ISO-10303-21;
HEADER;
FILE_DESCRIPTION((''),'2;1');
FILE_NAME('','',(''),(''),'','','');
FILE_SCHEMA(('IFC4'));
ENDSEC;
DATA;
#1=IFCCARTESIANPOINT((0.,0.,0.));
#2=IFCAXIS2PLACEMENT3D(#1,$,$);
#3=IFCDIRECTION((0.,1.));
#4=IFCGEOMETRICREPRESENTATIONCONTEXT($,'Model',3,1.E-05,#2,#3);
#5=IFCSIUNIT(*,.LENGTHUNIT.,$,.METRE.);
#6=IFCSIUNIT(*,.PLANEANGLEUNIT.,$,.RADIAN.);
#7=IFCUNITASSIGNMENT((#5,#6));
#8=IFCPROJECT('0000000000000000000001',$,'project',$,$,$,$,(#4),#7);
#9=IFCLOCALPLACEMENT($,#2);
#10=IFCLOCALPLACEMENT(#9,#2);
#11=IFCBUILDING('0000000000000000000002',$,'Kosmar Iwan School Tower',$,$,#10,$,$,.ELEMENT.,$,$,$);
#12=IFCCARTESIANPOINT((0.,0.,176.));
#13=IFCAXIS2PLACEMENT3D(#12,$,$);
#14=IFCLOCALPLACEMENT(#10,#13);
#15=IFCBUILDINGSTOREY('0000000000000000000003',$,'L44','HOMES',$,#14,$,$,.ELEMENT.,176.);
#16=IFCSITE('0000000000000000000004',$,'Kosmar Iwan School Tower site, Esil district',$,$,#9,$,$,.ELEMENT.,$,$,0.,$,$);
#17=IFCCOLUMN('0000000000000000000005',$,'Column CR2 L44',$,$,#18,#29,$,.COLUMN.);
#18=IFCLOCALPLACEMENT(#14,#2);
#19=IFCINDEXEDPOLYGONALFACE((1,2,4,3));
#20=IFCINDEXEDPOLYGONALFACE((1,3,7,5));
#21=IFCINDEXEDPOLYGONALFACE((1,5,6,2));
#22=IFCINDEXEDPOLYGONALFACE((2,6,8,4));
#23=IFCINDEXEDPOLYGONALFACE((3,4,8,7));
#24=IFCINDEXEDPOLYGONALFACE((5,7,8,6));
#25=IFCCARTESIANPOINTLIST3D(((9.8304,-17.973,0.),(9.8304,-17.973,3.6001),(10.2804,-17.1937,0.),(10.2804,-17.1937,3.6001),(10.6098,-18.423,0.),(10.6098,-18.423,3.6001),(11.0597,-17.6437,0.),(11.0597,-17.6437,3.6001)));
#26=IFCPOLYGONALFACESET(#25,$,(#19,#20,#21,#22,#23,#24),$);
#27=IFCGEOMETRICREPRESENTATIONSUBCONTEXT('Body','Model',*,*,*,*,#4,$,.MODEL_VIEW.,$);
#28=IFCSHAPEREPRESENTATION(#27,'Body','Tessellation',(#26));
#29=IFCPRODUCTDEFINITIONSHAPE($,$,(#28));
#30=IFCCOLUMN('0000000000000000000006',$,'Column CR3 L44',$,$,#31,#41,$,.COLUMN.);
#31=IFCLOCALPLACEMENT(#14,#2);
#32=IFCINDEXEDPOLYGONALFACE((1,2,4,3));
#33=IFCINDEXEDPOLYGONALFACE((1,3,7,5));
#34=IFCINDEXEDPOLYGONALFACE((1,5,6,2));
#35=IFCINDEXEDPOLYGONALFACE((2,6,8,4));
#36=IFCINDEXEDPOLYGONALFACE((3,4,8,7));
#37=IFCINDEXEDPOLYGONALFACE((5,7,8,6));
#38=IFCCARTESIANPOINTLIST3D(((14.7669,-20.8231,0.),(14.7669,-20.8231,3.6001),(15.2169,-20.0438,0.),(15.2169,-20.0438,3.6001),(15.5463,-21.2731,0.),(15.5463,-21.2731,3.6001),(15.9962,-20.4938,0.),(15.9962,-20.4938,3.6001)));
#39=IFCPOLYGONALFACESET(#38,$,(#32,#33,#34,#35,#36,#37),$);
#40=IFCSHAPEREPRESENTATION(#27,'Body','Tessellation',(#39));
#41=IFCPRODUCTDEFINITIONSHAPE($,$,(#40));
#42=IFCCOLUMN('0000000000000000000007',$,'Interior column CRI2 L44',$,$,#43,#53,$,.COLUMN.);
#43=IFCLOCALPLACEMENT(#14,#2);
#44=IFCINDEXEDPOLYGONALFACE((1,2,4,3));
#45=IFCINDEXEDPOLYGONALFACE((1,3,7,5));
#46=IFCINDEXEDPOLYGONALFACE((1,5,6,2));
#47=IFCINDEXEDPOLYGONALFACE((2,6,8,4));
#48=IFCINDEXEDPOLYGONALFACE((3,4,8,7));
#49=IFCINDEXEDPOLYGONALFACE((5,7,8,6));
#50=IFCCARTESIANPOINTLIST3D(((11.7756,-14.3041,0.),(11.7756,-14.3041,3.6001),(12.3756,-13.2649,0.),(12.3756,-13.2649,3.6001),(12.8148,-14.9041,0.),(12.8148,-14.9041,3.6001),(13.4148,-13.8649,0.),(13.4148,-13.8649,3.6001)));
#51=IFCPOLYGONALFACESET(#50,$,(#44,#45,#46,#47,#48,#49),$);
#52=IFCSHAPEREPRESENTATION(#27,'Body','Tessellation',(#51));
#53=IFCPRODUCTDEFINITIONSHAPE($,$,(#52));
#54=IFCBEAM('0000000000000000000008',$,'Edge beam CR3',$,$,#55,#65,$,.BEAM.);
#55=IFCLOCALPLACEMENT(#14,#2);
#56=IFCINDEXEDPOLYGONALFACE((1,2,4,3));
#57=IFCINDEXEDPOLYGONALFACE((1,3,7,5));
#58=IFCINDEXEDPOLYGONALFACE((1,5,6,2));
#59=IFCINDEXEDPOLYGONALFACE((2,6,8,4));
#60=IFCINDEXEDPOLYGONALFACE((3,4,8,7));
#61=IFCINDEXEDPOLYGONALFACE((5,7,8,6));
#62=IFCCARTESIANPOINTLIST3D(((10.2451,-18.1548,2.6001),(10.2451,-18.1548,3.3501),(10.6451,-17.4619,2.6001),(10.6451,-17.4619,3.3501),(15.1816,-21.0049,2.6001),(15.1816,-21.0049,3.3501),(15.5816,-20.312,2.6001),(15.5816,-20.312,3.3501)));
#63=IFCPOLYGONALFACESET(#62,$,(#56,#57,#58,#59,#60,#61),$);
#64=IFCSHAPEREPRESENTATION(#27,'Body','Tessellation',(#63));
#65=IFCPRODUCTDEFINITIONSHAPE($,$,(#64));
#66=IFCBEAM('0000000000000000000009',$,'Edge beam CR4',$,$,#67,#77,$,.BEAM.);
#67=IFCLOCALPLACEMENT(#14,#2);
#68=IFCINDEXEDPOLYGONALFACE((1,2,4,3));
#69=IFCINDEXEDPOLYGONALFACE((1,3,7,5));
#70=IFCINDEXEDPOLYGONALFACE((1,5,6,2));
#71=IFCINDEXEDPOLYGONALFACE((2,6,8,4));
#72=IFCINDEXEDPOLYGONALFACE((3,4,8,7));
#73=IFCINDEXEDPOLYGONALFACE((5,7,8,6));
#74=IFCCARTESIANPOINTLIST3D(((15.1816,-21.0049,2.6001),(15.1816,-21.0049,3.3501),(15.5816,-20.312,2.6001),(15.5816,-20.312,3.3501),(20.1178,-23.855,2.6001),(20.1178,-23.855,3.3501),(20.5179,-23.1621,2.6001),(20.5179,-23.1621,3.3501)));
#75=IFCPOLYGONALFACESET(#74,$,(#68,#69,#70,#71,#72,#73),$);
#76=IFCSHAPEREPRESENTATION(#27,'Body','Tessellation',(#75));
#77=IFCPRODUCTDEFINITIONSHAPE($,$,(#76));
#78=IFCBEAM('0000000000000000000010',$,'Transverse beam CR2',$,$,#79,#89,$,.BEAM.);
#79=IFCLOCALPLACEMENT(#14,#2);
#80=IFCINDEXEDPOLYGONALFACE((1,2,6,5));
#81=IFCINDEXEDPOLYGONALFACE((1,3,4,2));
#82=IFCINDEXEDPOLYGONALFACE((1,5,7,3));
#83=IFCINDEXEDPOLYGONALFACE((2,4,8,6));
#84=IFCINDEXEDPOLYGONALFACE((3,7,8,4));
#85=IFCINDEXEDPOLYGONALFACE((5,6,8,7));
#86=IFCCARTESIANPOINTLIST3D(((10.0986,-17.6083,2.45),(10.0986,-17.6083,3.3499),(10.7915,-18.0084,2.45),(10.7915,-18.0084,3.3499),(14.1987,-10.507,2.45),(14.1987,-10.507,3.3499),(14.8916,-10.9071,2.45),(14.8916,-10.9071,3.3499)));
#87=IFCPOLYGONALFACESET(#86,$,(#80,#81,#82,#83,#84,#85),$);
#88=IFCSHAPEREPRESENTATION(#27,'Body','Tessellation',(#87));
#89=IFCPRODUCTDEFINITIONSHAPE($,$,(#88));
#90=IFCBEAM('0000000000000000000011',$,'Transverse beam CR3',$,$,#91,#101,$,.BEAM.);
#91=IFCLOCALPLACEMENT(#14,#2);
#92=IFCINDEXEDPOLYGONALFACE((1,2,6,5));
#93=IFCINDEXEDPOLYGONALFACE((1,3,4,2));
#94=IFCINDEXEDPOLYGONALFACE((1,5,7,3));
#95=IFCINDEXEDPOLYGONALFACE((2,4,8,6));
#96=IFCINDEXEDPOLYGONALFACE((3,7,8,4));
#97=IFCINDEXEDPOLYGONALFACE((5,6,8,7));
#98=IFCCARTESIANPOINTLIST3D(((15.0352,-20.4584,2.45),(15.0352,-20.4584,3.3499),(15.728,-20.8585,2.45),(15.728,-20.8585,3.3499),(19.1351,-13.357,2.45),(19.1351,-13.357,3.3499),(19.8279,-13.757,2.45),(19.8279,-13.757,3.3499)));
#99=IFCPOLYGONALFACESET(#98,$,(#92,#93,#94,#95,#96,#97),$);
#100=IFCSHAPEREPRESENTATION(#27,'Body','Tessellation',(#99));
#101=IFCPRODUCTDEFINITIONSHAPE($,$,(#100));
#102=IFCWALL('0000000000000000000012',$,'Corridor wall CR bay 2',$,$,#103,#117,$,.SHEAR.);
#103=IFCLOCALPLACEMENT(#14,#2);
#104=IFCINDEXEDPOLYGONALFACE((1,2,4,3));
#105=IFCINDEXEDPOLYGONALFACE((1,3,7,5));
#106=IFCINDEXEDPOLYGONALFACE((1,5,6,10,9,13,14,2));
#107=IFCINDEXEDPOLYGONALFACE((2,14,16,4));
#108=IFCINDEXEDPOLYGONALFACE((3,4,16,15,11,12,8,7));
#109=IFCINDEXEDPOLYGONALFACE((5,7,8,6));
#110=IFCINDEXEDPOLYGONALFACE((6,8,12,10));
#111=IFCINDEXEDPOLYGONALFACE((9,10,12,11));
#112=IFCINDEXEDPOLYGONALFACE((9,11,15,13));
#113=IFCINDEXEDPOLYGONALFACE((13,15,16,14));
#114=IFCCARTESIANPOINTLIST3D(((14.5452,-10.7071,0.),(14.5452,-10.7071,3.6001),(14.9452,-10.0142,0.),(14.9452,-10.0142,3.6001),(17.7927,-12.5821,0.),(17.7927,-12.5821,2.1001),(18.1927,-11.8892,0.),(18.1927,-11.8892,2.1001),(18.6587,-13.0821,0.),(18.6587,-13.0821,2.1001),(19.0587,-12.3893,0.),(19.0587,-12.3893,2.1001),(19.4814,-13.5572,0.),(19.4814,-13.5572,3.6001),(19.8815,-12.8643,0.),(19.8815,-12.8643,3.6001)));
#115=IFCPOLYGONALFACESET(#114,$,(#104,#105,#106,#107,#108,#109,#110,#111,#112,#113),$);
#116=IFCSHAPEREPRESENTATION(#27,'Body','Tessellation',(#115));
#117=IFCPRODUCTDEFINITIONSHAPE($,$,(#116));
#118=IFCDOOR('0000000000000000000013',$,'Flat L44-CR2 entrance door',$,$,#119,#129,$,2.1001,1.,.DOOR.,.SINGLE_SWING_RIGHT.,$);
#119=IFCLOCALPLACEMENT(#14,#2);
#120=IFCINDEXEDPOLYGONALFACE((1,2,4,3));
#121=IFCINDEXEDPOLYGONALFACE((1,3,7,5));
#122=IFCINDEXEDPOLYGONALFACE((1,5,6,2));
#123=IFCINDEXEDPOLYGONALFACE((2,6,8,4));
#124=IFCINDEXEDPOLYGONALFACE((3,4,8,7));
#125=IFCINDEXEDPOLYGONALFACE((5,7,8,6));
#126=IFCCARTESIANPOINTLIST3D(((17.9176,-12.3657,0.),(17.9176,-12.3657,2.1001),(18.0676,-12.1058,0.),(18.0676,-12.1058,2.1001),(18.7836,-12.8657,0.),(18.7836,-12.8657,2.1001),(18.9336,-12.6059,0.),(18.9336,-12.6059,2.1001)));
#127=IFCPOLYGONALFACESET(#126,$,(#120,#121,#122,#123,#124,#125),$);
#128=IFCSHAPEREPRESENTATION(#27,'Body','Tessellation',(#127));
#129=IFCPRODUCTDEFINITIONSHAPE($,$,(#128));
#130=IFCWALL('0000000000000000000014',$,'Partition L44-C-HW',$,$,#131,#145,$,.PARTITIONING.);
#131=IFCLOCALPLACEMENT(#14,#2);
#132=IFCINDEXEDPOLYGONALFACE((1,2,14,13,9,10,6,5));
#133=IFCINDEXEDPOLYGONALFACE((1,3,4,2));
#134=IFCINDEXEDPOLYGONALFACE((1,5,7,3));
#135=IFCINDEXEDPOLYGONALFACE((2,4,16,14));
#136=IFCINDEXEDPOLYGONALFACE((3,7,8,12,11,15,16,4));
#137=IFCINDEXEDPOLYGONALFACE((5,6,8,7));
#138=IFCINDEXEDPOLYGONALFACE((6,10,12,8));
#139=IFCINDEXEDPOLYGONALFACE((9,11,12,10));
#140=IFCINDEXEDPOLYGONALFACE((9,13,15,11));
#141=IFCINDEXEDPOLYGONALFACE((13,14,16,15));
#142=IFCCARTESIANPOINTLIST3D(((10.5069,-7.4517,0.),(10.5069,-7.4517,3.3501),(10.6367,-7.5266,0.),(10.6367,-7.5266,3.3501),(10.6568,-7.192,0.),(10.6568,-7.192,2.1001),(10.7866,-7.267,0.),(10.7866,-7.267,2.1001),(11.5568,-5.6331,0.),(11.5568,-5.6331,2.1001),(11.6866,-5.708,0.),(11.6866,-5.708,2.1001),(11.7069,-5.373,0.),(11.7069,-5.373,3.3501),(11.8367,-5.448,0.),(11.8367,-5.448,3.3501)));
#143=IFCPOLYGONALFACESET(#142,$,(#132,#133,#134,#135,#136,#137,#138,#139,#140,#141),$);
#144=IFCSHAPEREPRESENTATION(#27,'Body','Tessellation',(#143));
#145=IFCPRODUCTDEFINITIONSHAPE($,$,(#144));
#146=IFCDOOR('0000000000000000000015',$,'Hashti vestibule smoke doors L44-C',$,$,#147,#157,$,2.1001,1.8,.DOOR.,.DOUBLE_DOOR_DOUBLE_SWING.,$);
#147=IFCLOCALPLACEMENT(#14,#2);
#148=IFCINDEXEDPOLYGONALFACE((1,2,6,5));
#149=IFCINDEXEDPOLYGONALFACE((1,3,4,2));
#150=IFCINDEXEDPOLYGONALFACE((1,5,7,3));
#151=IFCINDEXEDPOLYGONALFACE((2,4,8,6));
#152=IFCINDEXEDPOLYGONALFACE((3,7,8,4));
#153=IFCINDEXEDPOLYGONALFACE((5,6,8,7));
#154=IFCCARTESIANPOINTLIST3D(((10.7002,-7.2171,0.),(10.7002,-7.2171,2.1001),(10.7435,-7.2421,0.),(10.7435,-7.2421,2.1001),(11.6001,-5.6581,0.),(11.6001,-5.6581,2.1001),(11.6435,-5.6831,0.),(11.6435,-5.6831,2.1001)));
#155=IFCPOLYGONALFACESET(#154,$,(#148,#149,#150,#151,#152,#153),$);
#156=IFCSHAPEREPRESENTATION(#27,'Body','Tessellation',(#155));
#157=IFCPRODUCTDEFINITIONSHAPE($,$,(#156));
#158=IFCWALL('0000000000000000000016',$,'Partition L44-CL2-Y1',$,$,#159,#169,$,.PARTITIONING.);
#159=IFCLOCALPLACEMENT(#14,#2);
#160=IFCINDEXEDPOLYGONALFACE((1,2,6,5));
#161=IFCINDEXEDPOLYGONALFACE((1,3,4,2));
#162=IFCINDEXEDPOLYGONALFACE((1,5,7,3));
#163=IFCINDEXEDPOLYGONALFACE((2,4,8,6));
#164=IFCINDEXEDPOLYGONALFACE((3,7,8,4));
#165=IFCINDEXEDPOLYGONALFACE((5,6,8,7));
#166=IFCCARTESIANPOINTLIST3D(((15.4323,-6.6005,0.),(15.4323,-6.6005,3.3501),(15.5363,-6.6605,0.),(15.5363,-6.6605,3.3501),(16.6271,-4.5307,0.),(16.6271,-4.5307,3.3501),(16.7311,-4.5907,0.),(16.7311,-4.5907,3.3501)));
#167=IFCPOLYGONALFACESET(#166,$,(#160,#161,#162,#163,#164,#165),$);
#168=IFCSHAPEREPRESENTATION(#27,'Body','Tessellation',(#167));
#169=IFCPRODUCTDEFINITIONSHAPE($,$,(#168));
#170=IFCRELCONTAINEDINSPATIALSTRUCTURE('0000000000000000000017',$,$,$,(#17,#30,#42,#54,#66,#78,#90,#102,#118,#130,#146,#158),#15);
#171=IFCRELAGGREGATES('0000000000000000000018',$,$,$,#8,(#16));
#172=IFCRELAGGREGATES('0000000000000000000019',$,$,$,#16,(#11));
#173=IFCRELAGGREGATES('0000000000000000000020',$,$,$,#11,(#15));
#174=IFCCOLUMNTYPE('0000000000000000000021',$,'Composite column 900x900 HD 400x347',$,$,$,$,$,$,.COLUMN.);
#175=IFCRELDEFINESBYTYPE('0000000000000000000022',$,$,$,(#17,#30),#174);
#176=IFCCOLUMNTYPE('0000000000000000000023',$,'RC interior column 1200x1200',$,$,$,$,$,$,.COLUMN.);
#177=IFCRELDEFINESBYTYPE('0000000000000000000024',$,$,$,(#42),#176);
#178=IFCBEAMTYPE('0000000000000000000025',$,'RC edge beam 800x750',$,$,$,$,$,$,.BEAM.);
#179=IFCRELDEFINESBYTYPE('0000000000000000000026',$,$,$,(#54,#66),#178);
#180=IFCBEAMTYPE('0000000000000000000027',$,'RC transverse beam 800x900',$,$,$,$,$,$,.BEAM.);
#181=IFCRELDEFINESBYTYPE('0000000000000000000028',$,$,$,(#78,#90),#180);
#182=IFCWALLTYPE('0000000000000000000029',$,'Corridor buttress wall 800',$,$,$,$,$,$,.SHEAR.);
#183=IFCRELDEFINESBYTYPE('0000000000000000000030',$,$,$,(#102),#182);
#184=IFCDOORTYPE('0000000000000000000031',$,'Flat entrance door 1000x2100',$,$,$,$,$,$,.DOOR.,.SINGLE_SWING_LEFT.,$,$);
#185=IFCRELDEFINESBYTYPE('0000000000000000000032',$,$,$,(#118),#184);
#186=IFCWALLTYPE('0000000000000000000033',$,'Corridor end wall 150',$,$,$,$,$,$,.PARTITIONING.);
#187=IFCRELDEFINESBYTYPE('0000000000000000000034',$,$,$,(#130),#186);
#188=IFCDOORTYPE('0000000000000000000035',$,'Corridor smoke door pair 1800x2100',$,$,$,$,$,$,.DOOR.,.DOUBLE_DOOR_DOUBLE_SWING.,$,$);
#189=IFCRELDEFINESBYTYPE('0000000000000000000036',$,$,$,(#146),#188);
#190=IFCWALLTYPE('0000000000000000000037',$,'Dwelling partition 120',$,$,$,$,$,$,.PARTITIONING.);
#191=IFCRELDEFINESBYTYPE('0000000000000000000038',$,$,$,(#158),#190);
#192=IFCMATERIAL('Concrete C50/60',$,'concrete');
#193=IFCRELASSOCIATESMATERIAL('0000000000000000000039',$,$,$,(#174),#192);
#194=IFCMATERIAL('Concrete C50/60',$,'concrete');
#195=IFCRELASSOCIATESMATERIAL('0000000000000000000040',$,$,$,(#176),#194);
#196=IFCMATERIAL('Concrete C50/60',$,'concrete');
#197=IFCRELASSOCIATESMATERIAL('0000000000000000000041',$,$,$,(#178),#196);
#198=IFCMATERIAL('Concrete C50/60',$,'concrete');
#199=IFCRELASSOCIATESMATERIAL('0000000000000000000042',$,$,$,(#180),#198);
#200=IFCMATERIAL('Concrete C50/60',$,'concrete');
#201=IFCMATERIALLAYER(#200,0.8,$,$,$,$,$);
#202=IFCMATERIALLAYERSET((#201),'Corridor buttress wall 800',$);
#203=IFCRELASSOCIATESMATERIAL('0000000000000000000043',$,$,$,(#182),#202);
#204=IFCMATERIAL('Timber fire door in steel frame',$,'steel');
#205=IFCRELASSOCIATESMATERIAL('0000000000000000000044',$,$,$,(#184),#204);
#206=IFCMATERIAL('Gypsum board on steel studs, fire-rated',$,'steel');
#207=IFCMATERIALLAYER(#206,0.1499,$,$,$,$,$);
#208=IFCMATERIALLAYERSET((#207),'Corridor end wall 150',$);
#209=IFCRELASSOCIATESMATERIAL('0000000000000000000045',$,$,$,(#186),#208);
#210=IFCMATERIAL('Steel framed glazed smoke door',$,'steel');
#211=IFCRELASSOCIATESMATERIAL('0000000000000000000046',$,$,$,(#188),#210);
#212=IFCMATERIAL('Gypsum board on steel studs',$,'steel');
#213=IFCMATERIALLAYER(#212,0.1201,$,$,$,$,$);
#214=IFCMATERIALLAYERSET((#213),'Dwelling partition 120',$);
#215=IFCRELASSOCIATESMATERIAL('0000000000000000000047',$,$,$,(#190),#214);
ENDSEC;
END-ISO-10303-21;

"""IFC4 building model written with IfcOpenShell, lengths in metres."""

from ifc_helpers import new_model, si_unit, direction, frame, frame_2d, origin, origin_2d, place, context, subcontext, project, spatial, rectangle, extrude, material, layer, layer_set, material_profile, profile_set, type_object, element, fill, save


model = new_model("IFC4")

# Units and contexts
model_context = context("Model", 3, precision=1e-05, world=origin(), true_north=direction((0.0, 1.0)))
body_context = subcontext(model_context, "Body", "Model", "MODEL_VIEW")
ifc_project = project(units=[si_unit("LENGTHUNIT", "METRE"), si_unit("PLANEANGLEUNIT", "RADIAN")], contexts=[model_context])

# Site, building, storey
site_placement = place(None, origin())
site = spatial("IfcSite", under=ifc_project, at=site_placement, Name="Kosmar Iwan School Tower site, Esil district", CompositionType="ELEMENT", RefElevation=0.0)
building_placement = place(site_placement, origin())
building = spatial("IfcBuilding", under=site, at=building_placement, Name="Kosmar Iwan School Tower", CompositionType="ELEMENT")
storey_placement = place(building_placement, frame((0.0, 0.0, 176.0)))
storey = spatial("IfcBuildingStorey", under=building, at=storey_placement, Name="L44", Description="HOMES", CompositionType="ELEMENT", Elevation=176.0)

# Columns
ifc_material_1 = material(Name="Concrete C50/60", Category="concrete")
ifc_material_profile_1 = material_profile(ifc_material_1, rectangle(XDim=0.8999, YDim=0.8999, at=origin_2d()), Name="RC 900x900 + HD 400x347")
ifc_profile_set_1 = profile_set([ifc_material_profile_1], Name="Concrete C50/60")
column_type_1 = type_object("IfcColumnType", Name="Composite column 900x900 HD 400x347", PredefinedType="COLUMN", material=ifc_profile_set_1)
for number, where, z_axis, x_axis, name in (
    (1, (10.4451, -17.8083, 0.0), (0.0, 0.0, 1.0), (0.866025, -0.5, 0.0), "Column CR2 L44"),
    (2, (15.3816, -20.6584, 0.0), (0.0, 0.0, 1.0), (0.866025, -0.5, 0.0), "Column CR3 L44"),
):
    element("IfcColumn", number, at=place(storey_placement, frame(where, z_axis=z_axis, x_axis=x_axis)), inside=storey, type_object=column_type_1, Name=name, PredefinedType="COLUMN", context=body_context, shape_type="SweptSolid", body=[
        extrude(rectangle(XDim=0.8999, YDim=0.8999, at=origin_2d()), origin(), (0.0, 0.0, 1.0), 3.6001),
    ])
ifc_material_2 = material(Name="Concrete C50/60", Category="concrete")
ifc_material_profile_2 = material_profile(ifc_material_2, rectangle(XDim=1.2, YDim=1.2, at=origin_2d()), Name="RC 1200x1200")
ifc_profile_set_2 = profile_set([ifc_material_profile_2], Name="Concrete C50/60")
column_type_2 = type_object("IfcColumnType", Name="RC interior column 1200x1200", PredefinedType="COLUMN", material=ifc_profile_set_2)
column_placement = place(storey_placement, frame((12.5952, -14.0845, 0.0), z_axis=(0.0, 0.0, 1.0), x_axis=(0.866025, -0.5, 0.0)))
element("IfcColumn", 3, at=column_placement, inside=storey, type_object=column_type_2, Name="Interior column CRI2 L44", PredefinedType="COLUMN", context=body_context, shape_type="SweptSolid", body=[
    extrude(rectangle(XDim=1.2, YDim=1.2, at=origin_2d()), origin(), (0.0, 0.0, 1.0), 3.6001),
])

# Beams
ifc_material_3 = material(Name="Concrete C50/60", Category="concrete")
ifc_material_profile_3 = material_profile(ifc_material_3, rectangle(XDim=0.8, YDim=0.75, at=origin_2d()), Name="RC 800x750")
ifc_profile_set_3 = profile_set([ifc_material_profile_3], Name="Concrete C50/60")
beam_type_1 = type_object("IfcBeamType", Name="RC edge beam 800x750", PredefinedType="BEAM", material=ifc_profile_set_3)
beam_1_placement = place(storey_placement, frame((10.4451, -17.8083, 2.9751), z_axis=(0.866026, -0.499999, 0.0), x_axis=(0.499999, 0.866026, 0.0)))
element("IfcBeam", 4, at=beam_1_placement, inside=storey, type_object=beam_type_1, Name="Edge beam CR3", PredefinedType="BEAM", context=body_context, shape_type="SweptSolid", body=[
    extrude(rectangle(XDim=0.8, YDim=0.75, at=origin_2d()), origin(), (0.0, 0.0, 1.0), 5.7002),
])
beam_2_placement = place(storey_placement, frame((15.3816, -20.6584, 2.9751), z_axis=(0.866015, -0.500018, 0.0), x_axis=(0.500018, 0.866015, 0.0)))
element("IfcBeam", 5, at=beam_2_placement, inside=storey, type_object=beam_type_1, Name="Edge beam CR4", PredefinedType="BEAM", context=body_context, shape_type="SweptSolid", body=[
    extrude(rectangle(XDim=0.8, YDim=0.75, at=origin_2d()), origin(), (0.0, 0.0, 1.0), 5.7),
])
ifc_material_4 = material(Name="Concrete C50/60", Category="concrete")
ifc_material_profile_4 = material_profile(ifc_material_4, rectangle(XDim=0.8, YDim=0.8999, at=origin_2d()), Name="RC 800x900")
ifc_profile_set_4 = profile_set([ifc_material_profile_4], Name="Concrete C50/60")
beam_type_2 = type_object("IfcBeamType", Name="RC transverse beam 800x900", PredefinedType="BEAM", material=ifc_profile_set_4)
for number, where, z_axis, x_axis, name in (
    (6, (10.4451, -17.8083, 2.8999), (0.500014, 0.866018, 0.0), (-0.866018, 0.500014, 0.0), "Transverse beam CR2"),
    (7, (15.3816, -20.6584, 2.8999), (0.499991, 0.86603, 0.0), (-0.86603, 0.499991, 0.0), "Transverse beam CR3"),
):
    element("IfcBeam", number, at=place(storey_placement, frame(where, z_axis=z_axis, x_axis=x_axis)), inside=storey, type_object=beam_type_2, Name=name, PredefinedType="BEAM", context=body_context, shape_type="SweptSolid", body=[
        extrude(rectangle(XDim=0.8, YDim=0.8999, at=origin_2d()), origin(), (0.0, 0.0, 1.0), 8.2),
    ])

# Walls, openings, doors
ifc_material_5 = material(Name="Concrete C50/60", Category="concrete")
ifc_layer_1 = layer(ifc_material_5, 0.8)
ifc_layer_set_1 = layer_set([ifc_layer_1], Name="Corridor buttress wall 800")
wall_type_1 = type_object("IfcWallType", Name="Corridor buttress wall 800", PredefinedType="SHEAR", material=ifc_layer_set_1)
wall_1_placement = place(storey_placement, frame((14.7451, -10.3606, 0.0), z_axis=(0.0, 0.0, 1.0), x_axis=(0.866015, -0.500018, 0.0)))
wall_1 = element("IfcWall", 8, at=wall_1_placement, inside=storey, type_object=wall_type_1, Name="Corridor wall CR bay 2", PredefinedType="SHEAR", context=body_context, shape_type="SweptSolid", body=[
    extrude(rectangle(XDim=5.7, YDim=0.8, at=frame_2d((2.8501, 0.0))), origin(), (0.0, 0.0, 1.0), 3.6001),
])
opening_1_placement = place(wall_1_placement, frame((3.75, 0.0, 0.0)))
opening_1 = element("IfcOpeningElement", 9, at=opening_1_placement, cuts=wall_1, PredefinedType="OPENING", context=body_context, shape_type="SweptSolid", body=[
    extrude(rectangle(XDim=1.0, YDim=2.1001, at=frame_2d((0.5, 1.05))), frame((0.0, 0.4121, 0.0), z_axis=(0.0, -1.0, 0.0), x_axis=(1.0, 0.0, 0.0)), (0.0, 0.0, 1.0), 0.824),
])
ifc_material_6 = material(Name="Timber fire door in steel frame", Category="steel")
door_type_1 = type_object("IfcDoorType", Name="Flat entrance door 1000x2100", OperationType="SINGLE_SWING_LEFT", PredefinedType="DOOR", material=ifc_material_6)
door_1_placement = place(opening_1_placement, origin())
door_1 = element("IfcDoor", 10, at=door_1_placement, inside=storey, type_object=door_type_1, Name="Flat L44-CR2 entrance door", OperationType="SINGLE_SWING_RIGHT", OverallHeight=2.1001, OverallWidth=1.0, PredefinedType="DOOR", context=body_context, shape_type="SweptSolid", body=[
    extrude(rectangle(XDim=1.0, YDim=2.1001, at=frame_2d((0.5, 1.05))), frame((0.0, 0.1499, 0.0), z_axis=(0.0, -1.0, 0.0), x_axis=(1.0, 0.0, 0.0)), (0.0, 0.0, 1.0), 0.3),
])
fill(opening_1, door_1)
ifc_material_7 = material(Name="Gypsum board on steel studs, fire-rated", Category="steel")
ifc_layer_2 = layer(ifc_material_7, 0.1499)
ifc_layer_set_2 = layer_set([ifc_layer_2], Name="Corridor end wall 150")
wall_type_2 = type_object("IfcWallType", Name="Corridor end wall 150", PredefinedType="PARTITIONING", material=ifc_layer_set_2)
wall_2_placement = place(storey_placement, frame((10.5718, -7.4893, 0.0), z_axis=(0.0, 0.0, 1.0), x_axis=(0.499957, 0.86605, 0.0)))
wall_2 = element("IfcWall", 11, at=wall_2_placement, inside=storey, type_object=wall_type_2, Name="Partition L44-C-HW", PredefinedType="PARTITIONING", context=body_context, shape_type="SweptSolid", body=[
    extrude(rectangle(XDim=2.4001, YDim=0.1499, at=frame_2d((1.2002, 0.0))), origin(), (0.0, 0.0, 1.0), 3.3501),
])
opening_2_placement = place(wall_2_placement, frame((0.3, 0.0, 0.0)))
opening_2 = element("IfcOpeningElement", 12, at=opening_2_placement, cuts=wall_2, PredefinedType="OPENING", context=body_context, shape_type="SweptSolid", body=[
    extrude(rectangle(XDim=1.8, YDim=2.1001, at=frame_2d((0.8999, 1.05))), frame((0.0, 0.0869, 0.0), z_axis=(0.0, -1.0, 0.0), x_axis=(1.0, 0.0, 0.0)), (0.0, 0.0, 1.0), 0.1738),
])
ifc_material_8 = material(Name="Steel framed glazed smoke door", Category="steel")
door_type_2 = type_object("IfcDoorType", Name="Corridor smoke door pair 1800x2100", OperationType="DOUBLE_DOOR_DOUBLE_SWING", PredefinedType="DOOR", material=ifc_material_8)
door_2_placement = place(opening_2_placement, origin())
door_2 = element("IfcDoor", 13, at=door_2_placement, inside=storey, type_object=door_type_2, Name="Hashti vestibule smoke doors L44-C", OperationType="DOUBLE_DOOR_DOUBLE_SWING", OverallHeight=2.1001, OverallWidth=1.8, PredefinedType="DOOR", context=body_context, shape_type="SweptSolid", body=[
    extrude(rectangle(XDim=1.8, YDim=2.1001, at=frame_2d((0.8999, 1.05))), frame((0.0, 0.0249, 0.0), z_axis=(0.0, -1.0, 0.0), x_axis=(1.0, 0.0, 0.0)), (0.0, 0.0, 1.0), 0.05),
])
fill(opening_2, door_2)

# Wall
ifc_material_9 = material(Name="Gypsum board on steel studs", Category="steel")
ifc_layer_3 = layer(ifc_material_9, 0.1201)
ifc_layer_set_3 = layer_set([ifc_layer_3], Name="Dwelling partition 120")
wall_type_3 = type_object("IfcWallType", Name="Dwelling partition 120", PredefinedType="PARTITIONING", material=ifc_layer_set_3)
wall_3_placement = place(storey_placement, frame((15.4844, -6.6304, 0.0), z_axis=(0.0, 0.0, 1.0), x_axis=(0.499941, 0.86606, 0.0)))
element("IfcWall", 14, at=wall_3_placement, inside=storey, type_object=wall_type_3, Name="Partition L44-CL2-Y1", PredefinedType="PARTITIONING", context=body_context, shape_type="SweptSolid", body=[
    extrude(rectangle(XDim=2.3899, YDim=0.1201, at=frame_2d((1.1948, 0.0))), origin(), (0.0, 0.0, 1.0), 3.3501),
])

save(model, "model.ifc")
